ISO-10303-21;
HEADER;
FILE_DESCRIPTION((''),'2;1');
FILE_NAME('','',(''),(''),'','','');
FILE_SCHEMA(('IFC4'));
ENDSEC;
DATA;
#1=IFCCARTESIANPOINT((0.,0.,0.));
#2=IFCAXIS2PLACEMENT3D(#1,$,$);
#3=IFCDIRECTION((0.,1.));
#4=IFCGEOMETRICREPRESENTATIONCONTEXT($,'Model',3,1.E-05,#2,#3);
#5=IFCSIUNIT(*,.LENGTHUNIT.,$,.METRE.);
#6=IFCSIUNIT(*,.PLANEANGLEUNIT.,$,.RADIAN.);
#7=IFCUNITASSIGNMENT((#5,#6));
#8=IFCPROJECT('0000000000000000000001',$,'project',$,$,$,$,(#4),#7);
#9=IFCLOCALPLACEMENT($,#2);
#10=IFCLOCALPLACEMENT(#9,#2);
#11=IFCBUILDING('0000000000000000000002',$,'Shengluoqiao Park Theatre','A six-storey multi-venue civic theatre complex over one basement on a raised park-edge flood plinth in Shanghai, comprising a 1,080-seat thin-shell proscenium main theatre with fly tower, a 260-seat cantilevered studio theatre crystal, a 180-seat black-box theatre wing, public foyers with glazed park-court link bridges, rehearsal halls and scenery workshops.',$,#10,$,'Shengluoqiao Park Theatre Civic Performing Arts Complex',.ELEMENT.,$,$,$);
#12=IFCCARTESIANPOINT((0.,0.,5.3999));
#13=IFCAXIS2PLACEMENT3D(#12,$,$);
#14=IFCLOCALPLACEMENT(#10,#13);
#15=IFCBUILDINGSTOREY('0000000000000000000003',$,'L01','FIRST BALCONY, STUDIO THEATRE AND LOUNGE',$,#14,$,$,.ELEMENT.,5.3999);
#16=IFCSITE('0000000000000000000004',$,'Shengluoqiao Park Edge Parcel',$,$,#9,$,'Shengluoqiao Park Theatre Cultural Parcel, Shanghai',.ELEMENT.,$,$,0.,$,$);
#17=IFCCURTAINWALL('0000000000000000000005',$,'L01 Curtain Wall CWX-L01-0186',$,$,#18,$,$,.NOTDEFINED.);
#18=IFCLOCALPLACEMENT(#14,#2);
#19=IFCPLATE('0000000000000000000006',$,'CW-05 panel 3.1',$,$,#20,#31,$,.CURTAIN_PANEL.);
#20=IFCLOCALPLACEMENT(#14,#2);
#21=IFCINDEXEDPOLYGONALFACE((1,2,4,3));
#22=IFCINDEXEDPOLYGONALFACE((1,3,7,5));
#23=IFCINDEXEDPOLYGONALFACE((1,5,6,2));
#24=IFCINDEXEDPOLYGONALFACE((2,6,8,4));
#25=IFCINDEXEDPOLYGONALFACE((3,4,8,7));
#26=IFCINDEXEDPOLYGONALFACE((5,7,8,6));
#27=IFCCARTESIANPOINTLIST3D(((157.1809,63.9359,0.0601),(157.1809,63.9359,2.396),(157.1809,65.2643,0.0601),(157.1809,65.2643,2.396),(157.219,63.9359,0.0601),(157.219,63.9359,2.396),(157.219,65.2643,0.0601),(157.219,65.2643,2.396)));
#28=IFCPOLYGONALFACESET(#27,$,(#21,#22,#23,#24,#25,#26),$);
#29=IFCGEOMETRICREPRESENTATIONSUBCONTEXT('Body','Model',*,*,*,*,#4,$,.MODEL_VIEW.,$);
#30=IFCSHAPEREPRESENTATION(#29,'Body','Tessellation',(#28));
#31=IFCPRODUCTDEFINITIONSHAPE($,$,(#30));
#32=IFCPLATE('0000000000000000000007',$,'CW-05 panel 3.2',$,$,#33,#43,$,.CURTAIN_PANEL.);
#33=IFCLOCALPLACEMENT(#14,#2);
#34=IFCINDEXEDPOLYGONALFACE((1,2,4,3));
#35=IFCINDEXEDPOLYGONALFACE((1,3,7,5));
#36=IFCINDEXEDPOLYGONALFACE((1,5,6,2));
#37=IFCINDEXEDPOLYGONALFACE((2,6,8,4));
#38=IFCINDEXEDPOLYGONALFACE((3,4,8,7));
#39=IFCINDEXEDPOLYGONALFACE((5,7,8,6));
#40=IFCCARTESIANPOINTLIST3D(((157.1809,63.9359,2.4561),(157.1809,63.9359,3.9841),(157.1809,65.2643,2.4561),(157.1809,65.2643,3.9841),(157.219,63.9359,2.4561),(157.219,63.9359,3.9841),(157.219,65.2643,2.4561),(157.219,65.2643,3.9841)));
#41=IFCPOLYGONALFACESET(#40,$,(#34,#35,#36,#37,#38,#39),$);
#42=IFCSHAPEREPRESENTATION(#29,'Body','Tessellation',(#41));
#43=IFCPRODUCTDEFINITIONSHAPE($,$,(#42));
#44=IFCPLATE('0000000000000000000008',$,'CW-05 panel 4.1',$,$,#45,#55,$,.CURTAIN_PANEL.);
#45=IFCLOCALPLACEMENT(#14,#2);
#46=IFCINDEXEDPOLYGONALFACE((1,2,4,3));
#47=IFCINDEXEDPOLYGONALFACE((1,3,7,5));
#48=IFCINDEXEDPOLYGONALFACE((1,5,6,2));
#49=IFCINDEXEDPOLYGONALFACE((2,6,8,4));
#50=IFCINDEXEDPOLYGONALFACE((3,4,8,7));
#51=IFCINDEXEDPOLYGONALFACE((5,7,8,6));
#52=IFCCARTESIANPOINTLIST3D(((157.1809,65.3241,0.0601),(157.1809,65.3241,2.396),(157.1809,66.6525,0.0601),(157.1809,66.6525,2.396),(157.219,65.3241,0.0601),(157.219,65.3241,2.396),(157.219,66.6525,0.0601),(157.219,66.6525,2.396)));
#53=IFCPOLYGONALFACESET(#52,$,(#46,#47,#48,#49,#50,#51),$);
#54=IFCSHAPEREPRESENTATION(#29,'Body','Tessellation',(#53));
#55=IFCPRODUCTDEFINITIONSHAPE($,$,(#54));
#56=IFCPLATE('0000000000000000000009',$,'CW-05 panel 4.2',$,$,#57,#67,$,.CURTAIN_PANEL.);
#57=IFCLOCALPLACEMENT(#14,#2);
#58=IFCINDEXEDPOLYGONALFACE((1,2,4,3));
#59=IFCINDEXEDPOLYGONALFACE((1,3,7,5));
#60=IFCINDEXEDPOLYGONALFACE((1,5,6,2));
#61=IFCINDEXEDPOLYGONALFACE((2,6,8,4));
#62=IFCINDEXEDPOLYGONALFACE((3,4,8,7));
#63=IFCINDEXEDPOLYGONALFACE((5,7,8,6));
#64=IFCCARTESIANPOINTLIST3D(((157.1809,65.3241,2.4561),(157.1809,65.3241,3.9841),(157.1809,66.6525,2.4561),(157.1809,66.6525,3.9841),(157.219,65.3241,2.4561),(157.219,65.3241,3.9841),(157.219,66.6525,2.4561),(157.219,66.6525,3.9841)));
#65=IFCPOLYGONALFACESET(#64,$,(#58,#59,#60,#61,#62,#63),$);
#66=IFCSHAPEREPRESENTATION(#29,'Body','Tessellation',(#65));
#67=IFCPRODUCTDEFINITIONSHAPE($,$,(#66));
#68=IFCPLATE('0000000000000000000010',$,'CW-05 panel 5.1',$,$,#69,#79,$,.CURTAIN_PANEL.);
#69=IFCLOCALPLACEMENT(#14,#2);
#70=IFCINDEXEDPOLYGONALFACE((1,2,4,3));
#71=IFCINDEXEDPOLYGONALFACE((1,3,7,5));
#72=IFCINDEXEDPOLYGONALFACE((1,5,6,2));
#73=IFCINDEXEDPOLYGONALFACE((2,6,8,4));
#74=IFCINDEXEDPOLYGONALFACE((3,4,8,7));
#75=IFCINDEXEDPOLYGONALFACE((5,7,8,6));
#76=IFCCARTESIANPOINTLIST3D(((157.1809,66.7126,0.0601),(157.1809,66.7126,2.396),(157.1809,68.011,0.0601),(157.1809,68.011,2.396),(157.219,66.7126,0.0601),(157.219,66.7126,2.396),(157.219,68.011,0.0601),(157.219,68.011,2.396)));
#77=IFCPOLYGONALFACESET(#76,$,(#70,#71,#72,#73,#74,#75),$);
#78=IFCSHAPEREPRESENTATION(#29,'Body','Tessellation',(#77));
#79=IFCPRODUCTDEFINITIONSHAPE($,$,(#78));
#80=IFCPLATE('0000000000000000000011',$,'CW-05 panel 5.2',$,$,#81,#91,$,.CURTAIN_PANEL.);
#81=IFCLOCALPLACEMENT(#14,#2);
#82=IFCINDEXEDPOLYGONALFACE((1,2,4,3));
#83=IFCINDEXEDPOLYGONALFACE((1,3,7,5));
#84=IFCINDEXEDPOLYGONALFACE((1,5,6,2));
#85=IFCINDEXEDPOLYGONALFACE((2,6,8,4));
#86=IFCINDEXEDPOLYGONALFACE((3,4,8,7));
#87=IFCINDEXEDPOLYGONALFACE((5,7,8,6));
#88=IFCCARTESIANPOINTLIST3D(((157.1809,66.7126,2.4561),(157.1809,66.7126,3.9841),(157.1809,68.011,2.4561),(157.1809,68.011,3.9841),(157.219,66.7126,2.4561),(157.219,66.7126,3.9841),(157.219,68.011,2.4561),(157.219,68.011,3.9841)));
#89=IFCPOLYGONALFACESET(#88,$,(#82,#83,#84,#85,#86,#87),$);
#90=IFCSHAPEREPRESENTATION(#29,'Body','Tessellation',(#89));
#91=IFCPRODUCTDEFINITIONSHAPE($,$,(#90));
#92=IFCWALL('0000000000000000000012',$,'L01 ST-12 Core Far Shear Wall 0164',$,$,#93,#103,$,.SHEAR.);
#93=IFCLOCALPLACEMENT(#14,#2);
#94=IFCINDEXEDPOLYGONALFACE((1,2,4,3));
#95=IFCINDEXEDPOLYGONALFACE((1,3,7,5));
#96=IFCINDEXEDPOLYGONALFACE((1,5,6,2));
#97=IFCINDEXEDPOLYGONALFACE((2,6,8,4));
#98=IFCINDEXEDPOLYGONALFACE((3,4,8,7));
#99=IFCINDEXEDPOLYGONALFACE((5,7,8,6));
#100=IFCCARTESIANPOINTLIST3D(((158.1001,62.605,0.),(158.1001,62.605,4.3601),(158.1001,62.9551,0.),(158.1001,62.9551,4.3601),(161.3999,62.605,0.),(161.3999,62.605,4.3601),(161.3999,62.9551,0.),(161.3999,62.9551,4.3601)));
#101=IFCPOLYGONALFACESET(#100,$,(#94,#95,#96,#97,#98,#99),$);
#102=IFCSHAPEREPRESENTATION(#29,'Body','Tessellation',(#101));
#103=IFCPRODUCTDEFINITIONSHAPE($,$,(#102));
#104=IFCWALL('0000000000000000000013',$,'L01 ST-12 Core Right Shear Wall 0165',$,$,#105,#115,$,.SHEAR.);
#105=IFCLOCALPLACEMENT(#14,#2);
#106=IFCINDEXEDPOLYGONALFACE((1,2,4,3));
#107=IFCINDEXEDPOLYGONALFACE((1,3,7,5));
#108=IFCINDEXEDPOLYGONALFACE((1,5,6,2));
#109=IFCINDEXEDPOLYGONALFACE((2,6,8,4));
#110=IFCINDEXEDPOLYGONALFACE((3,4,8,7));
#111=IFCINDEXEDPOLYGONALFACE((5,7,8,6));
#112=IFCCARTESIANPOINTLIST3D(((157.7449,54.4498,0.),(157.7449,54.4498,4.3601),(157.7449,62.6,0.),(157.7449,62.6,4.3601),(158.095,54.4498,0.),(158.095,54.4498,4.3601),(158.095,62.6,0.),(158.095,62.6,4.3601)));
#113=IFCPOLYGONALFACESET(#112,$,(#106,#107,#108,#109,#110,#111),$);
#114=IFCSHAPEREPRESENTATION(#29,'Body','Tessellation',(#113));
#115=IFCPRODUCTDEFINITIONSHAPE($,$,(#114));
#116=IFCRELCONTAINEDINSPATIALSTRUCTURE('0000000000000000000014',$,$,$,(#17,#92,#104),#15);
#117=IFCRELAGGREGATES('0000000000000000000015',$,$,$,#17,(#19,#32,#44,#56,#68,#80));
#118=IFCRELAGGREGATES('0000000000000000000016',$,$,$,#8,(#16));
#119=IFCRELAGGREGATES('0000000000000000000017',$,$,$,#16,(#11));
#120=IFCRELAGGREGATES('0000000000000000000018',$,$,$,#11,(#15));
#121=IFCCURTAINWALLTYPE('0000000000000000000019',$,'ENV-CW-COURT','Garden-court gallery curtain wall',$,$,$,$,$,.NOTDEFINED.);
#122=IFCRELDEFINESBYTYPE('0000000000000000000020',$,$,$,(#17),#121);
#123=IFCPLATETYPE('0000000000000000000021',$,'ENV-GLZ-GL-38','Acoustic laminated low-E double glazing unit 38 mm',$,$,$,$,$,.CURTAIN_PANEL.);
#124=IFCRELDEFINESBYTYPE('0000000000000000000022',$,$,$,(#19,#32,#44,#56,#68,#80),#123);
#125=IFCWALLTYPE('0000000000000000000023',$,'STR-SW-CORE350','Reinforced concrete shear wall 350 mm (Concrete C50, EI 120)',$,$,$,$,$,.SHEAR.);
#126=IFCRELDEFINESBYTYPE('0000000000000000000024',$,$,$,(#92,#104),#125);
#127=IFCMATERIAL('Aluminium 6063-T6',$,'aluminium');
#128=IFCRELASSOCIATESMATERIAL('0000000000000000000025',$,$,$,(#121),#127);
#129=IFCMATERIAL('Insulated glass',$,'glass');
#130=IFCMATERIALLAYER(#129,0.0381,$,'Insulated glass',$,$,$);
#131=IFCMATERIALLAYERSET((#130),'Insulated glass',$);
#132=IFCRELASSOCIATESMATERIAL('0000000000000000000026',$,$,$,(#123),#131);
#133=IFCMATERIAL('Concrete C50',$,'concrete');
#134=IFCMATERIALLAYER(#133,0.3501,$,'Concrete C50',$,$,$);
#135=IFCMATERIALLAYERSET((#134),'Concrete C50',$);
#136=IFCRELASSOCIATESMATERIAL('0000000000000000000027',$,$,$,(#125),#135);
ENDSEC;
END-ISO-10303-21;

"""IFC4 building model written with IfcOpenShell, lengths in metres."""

from ifc_helpers import new_model, si_unit, direction, frame, frame_2d, origin, origin_2d, place, context, subcontext, project, spatial, rectangle, extrude, material, layer, layer_set, type_object, element, aggregate, save


model = new_model("IFC4")

# Units and contexts
model_context = context("Model", 3, precision=1e-05, world=origin(), true_north=direction((0.0, 1.0)))
body_context = subcontext(model_context, "Body", "Model", "MODEL_VIEW")
ifc_project = project(units=[si_unit("LENGTHUNIT", "METRE"), si_unit("PLANEANGLEUNIT", "RADIAN")], contexts=[model_context])

# Site, building, storey
site_placement = place(None, origin())
site = spatial("IfcSite", under=ifc_project, at=site_placement, Name="Shengluoqiao Park Edge Parcel", LongName="Shengluoqiao Park Theatre Cultural Parcel, Shanghai", CompositionType="ELEMENT", RefElevation=0.0)
building_placement = place(site_placement, origin())
building = spatial("IfcBuilding", under=site, at=building_placement, Name="Shengluoqiao Park Theatre", Description="A six-storey multi-venue civic theatre complex over one basement on a raised park-edge flood plinth in Shanghai, comprising a 1,080-seat thin-shell proscenium main theatre with fly tower, a 260-seat cantilevered studio theatre crystal, a 180-seat black-box theatre wing, public foyers with glazed park-court link bridges, rehearsal halls and scenery workshops.", LongName="Shengluoqiao Park Theatre Civic Performing Arts Complex", CompositionType="ELEMENT")
storey_placement = place(building_placement, frame((0.0, 0.0, 5.3999)))
storey = spatial("IfcBuildingStorey", under=building, at=storey_placement, Name="L01", Description="FIRST BALCONY, STUDIO THEATRE AND LOUNGE", CompositionType="ELEMENT", Elevation=5.3999)

# Curtain wall, plates
ifc_material_1 = material(Name="Aluminium 6063-T6", Category="aluminium")
curtain_wall_type = type_object("IfcCurtainWallType", Name="ENV-CW-COURT", Description="Garden-court gallery curtain wall", PredefinedType="NOTDEFINED", material=ifc_material_1)
curtain_wall_placement = place(storey_placement, origin())
curtain_wall = element("IfcCurtainWall", 1, at=curtain_wall_placement, inside=storey, type_object=curtain_wall_type, Name="L01 Curtain Wall CWX-L01-0186", PredefinedType="NOTDEFINED")
ifc_material_2 = material(Name="Insulated glass", Category="glass")
ifc_layer_1 = layer(ifc_material_2, 0.0381, Name="Insulated glass")
ifc_layer_set_1 = layer_set([ifc_layer_1], Name="Insulated glass")
plate_type = type_object("IfcPlateType", Name="ENV-GLZ-GL-38", Description="Acoustic laminated low-E double glazing unit 38 mm", PredefinedType="CURTAIN_PANEL", material=ifc_layer_set_1)
plate_1_placement = place(storey_placement, frame((157.2, 64.6001, 0.0601), z_axis=(0.0, 0.0, 1.0), x_axis=(0.0, 1.0, 0.0)))
plate_1 = element("IfcPlate", 2, at=plate_1_placement, type_object=plate_type, Name="CW-05 panel 3.1", PredefinedType="CURTAIN_PANEL", context=body_context, shape_type="SweptSolid", body=[
    extrude(rectangle(XDim=1.3284, YDim=0.0381, at=origin_2d()), origin(), (0.0, 0.0, 1.0), 2.3359),
])
plate_2_placement = place(storey_placement, frame((157.2, 64.6001, 2.4561), z_axis=(0.0, 0.0, 1.0), x_axis=(0.0, 1.0, 0.0)))
plate_2 = element("IfcPlate", 3, at=plate_2_placement, type_object=plate_type, Name="CW-05 panel 3.2", PredefinedType="CURTAIN_PANEL", context=body_context, shape_type="SweptSolid", body=[
    extrude(rectangle(XDim=1.3284, YDim=0.0381, at=origin_2d()), origin(), (0.0, 0.0, 1.0), 1.5281),
])
plate_3_placement = place(storey_placement, frame((157.2, 65.9883, 0.0601), z_axis=(0.0, 0.0, 1.0), x_axis=(0.0, 1.0, 0.0)))
plate_3 = element("IfcPlate", 4, at=plate_3_placement, type_object=plate_type, Name="CW-05 panel 4.1", PredefinedType="CURTAIN_PANEL", context=body_context, shape_type="SweptSolid", body=[
    extrude(rectangle(XDim=1.3284, YDim=0.0381, at=origin_2d()), origin(), (0.0, 0.0, 1.0), 2.3359),
])
plate_4_placement = place(storey_placement, frame((157.2, 65.9883, 2.4561), z_axis=(0.0, 0.0, 1.0), x_axis=(0.0, 1.0, 0.0)))
plate_4 = element("IfcPlate", 5, at=plate_4_placement, type_object=plate_type, Name="CW-05 panel 4.2", PredefinedType="CURTAIN_PANEL", context=body_context, shape_type="SweptSolid", body=[
    extrude(rectangle(XDim=1.3284, YDim=0.0381, at=origin_2d()), origin(), (0.0, 0.0, 1.0), 1.5281),
])
plate_5_placement = place(storey_placement, frame((157.2, 67.3618, 0.0601), z_axis=(0.0, 0.0, 1.0), x_axis=(0.0, 1.0, 0.0)))
plate_5 = element("IfcPlate", 6, at=plate_5_placement, type_object=plate_type, Name="CW-05 panel 5.1", PredefinedType="CURTAIN_PANEL", context=body_context, shape_type="SweptSolid", body=[
    extrude(rectangle(XDim=1.2983, YDim=0.0381, at=origin_2d()), origin(), (0.0, 0.0, 1.0), 2.3359),
])
plate_6_placement = place(storey_placement, frame((157.2, 67.3618, 2.4561), z_axis=(0.0, 0.0, 1.0), x_axis=(0.0, 1.0, 0.0)))
plate_6 = element("IfcPlate", 7, at=plate_6_placement, type_object=plate_type, Name="CW-05 panel 5.2", PredefinedType="CURTAIN_PANEL", context=body_context, shape_type="SweptSolid", body=[
    extrude(rectangle(XDim=1.2983, YDim=0.0381, at=origin_2d()), origin(), (0.0, 0.0, 1.0), 1.5281),
])
aggregate(curtain_wall, [plate_1, plate_2, plate_3, plate_4, plate_5, plate_6])

# Walls
ifc_material_3 = material(Name="Concrete C50", Category="concrete")
ifc_layer_2 = layer(ifc_material_3, 0.3501, Name="Concrete C50")
ifc_layer_set_2 = layer_set([ifc_layer_2], Name="Concrete C50")
wall_type = type_object("IfcWallType", Name="STR-SW-CORE350", Description="Reinforced concrete shear wall 350 mm (Concrete C50, EI 120)", PredefinedType="SHEAR", material=ifc_layer_set_2)
wall_1_placement = place(storey_placement, frame((161.3999, 62.78, 0.0), z_axis=(0.0, 0.0, 1.0), x_axis=(-1.0, 0.0, 0.0)))
element("IfcWall", 8, at=wall_1_placement, inside=storey, type_object=wall_type, Name="L01 ST-12 Core Far Shear Wall 0164", PredefinedType="SHEAR", context=body_context, shape_type="SweptSolid", body=[
    extrude(rectangle(XDim=3.2998, YDim=0.3501, at=frame_2d((1.6499, 0.0))), origin(), (0.0, 0.0, 1.0), 4.3601),
])
wall_2_placement = place(storey_placement, frame((157.9199, 62.6001, 0.0), z_axis=(0.0, 0.0, 1.0), x_axis=(0.0, -1.0, 0.0)))
element("IfcWall", 9, at=wall_2_placement, inside=storey, type_object=wall_type, Name="L01 ST-12 Core Right Shear Wall 0165", PredefinedType="SHEAR", context=body_context, shape_type="SweptSolid", body=[
    extrude(rectangle(XDim=8.1501, YDim=0.3501, at=frame_2d((4.0752, 0.0))), origin(), (0.0, 0.0, 1.0), 4.3601),
])

save(model, "model.ifc")
